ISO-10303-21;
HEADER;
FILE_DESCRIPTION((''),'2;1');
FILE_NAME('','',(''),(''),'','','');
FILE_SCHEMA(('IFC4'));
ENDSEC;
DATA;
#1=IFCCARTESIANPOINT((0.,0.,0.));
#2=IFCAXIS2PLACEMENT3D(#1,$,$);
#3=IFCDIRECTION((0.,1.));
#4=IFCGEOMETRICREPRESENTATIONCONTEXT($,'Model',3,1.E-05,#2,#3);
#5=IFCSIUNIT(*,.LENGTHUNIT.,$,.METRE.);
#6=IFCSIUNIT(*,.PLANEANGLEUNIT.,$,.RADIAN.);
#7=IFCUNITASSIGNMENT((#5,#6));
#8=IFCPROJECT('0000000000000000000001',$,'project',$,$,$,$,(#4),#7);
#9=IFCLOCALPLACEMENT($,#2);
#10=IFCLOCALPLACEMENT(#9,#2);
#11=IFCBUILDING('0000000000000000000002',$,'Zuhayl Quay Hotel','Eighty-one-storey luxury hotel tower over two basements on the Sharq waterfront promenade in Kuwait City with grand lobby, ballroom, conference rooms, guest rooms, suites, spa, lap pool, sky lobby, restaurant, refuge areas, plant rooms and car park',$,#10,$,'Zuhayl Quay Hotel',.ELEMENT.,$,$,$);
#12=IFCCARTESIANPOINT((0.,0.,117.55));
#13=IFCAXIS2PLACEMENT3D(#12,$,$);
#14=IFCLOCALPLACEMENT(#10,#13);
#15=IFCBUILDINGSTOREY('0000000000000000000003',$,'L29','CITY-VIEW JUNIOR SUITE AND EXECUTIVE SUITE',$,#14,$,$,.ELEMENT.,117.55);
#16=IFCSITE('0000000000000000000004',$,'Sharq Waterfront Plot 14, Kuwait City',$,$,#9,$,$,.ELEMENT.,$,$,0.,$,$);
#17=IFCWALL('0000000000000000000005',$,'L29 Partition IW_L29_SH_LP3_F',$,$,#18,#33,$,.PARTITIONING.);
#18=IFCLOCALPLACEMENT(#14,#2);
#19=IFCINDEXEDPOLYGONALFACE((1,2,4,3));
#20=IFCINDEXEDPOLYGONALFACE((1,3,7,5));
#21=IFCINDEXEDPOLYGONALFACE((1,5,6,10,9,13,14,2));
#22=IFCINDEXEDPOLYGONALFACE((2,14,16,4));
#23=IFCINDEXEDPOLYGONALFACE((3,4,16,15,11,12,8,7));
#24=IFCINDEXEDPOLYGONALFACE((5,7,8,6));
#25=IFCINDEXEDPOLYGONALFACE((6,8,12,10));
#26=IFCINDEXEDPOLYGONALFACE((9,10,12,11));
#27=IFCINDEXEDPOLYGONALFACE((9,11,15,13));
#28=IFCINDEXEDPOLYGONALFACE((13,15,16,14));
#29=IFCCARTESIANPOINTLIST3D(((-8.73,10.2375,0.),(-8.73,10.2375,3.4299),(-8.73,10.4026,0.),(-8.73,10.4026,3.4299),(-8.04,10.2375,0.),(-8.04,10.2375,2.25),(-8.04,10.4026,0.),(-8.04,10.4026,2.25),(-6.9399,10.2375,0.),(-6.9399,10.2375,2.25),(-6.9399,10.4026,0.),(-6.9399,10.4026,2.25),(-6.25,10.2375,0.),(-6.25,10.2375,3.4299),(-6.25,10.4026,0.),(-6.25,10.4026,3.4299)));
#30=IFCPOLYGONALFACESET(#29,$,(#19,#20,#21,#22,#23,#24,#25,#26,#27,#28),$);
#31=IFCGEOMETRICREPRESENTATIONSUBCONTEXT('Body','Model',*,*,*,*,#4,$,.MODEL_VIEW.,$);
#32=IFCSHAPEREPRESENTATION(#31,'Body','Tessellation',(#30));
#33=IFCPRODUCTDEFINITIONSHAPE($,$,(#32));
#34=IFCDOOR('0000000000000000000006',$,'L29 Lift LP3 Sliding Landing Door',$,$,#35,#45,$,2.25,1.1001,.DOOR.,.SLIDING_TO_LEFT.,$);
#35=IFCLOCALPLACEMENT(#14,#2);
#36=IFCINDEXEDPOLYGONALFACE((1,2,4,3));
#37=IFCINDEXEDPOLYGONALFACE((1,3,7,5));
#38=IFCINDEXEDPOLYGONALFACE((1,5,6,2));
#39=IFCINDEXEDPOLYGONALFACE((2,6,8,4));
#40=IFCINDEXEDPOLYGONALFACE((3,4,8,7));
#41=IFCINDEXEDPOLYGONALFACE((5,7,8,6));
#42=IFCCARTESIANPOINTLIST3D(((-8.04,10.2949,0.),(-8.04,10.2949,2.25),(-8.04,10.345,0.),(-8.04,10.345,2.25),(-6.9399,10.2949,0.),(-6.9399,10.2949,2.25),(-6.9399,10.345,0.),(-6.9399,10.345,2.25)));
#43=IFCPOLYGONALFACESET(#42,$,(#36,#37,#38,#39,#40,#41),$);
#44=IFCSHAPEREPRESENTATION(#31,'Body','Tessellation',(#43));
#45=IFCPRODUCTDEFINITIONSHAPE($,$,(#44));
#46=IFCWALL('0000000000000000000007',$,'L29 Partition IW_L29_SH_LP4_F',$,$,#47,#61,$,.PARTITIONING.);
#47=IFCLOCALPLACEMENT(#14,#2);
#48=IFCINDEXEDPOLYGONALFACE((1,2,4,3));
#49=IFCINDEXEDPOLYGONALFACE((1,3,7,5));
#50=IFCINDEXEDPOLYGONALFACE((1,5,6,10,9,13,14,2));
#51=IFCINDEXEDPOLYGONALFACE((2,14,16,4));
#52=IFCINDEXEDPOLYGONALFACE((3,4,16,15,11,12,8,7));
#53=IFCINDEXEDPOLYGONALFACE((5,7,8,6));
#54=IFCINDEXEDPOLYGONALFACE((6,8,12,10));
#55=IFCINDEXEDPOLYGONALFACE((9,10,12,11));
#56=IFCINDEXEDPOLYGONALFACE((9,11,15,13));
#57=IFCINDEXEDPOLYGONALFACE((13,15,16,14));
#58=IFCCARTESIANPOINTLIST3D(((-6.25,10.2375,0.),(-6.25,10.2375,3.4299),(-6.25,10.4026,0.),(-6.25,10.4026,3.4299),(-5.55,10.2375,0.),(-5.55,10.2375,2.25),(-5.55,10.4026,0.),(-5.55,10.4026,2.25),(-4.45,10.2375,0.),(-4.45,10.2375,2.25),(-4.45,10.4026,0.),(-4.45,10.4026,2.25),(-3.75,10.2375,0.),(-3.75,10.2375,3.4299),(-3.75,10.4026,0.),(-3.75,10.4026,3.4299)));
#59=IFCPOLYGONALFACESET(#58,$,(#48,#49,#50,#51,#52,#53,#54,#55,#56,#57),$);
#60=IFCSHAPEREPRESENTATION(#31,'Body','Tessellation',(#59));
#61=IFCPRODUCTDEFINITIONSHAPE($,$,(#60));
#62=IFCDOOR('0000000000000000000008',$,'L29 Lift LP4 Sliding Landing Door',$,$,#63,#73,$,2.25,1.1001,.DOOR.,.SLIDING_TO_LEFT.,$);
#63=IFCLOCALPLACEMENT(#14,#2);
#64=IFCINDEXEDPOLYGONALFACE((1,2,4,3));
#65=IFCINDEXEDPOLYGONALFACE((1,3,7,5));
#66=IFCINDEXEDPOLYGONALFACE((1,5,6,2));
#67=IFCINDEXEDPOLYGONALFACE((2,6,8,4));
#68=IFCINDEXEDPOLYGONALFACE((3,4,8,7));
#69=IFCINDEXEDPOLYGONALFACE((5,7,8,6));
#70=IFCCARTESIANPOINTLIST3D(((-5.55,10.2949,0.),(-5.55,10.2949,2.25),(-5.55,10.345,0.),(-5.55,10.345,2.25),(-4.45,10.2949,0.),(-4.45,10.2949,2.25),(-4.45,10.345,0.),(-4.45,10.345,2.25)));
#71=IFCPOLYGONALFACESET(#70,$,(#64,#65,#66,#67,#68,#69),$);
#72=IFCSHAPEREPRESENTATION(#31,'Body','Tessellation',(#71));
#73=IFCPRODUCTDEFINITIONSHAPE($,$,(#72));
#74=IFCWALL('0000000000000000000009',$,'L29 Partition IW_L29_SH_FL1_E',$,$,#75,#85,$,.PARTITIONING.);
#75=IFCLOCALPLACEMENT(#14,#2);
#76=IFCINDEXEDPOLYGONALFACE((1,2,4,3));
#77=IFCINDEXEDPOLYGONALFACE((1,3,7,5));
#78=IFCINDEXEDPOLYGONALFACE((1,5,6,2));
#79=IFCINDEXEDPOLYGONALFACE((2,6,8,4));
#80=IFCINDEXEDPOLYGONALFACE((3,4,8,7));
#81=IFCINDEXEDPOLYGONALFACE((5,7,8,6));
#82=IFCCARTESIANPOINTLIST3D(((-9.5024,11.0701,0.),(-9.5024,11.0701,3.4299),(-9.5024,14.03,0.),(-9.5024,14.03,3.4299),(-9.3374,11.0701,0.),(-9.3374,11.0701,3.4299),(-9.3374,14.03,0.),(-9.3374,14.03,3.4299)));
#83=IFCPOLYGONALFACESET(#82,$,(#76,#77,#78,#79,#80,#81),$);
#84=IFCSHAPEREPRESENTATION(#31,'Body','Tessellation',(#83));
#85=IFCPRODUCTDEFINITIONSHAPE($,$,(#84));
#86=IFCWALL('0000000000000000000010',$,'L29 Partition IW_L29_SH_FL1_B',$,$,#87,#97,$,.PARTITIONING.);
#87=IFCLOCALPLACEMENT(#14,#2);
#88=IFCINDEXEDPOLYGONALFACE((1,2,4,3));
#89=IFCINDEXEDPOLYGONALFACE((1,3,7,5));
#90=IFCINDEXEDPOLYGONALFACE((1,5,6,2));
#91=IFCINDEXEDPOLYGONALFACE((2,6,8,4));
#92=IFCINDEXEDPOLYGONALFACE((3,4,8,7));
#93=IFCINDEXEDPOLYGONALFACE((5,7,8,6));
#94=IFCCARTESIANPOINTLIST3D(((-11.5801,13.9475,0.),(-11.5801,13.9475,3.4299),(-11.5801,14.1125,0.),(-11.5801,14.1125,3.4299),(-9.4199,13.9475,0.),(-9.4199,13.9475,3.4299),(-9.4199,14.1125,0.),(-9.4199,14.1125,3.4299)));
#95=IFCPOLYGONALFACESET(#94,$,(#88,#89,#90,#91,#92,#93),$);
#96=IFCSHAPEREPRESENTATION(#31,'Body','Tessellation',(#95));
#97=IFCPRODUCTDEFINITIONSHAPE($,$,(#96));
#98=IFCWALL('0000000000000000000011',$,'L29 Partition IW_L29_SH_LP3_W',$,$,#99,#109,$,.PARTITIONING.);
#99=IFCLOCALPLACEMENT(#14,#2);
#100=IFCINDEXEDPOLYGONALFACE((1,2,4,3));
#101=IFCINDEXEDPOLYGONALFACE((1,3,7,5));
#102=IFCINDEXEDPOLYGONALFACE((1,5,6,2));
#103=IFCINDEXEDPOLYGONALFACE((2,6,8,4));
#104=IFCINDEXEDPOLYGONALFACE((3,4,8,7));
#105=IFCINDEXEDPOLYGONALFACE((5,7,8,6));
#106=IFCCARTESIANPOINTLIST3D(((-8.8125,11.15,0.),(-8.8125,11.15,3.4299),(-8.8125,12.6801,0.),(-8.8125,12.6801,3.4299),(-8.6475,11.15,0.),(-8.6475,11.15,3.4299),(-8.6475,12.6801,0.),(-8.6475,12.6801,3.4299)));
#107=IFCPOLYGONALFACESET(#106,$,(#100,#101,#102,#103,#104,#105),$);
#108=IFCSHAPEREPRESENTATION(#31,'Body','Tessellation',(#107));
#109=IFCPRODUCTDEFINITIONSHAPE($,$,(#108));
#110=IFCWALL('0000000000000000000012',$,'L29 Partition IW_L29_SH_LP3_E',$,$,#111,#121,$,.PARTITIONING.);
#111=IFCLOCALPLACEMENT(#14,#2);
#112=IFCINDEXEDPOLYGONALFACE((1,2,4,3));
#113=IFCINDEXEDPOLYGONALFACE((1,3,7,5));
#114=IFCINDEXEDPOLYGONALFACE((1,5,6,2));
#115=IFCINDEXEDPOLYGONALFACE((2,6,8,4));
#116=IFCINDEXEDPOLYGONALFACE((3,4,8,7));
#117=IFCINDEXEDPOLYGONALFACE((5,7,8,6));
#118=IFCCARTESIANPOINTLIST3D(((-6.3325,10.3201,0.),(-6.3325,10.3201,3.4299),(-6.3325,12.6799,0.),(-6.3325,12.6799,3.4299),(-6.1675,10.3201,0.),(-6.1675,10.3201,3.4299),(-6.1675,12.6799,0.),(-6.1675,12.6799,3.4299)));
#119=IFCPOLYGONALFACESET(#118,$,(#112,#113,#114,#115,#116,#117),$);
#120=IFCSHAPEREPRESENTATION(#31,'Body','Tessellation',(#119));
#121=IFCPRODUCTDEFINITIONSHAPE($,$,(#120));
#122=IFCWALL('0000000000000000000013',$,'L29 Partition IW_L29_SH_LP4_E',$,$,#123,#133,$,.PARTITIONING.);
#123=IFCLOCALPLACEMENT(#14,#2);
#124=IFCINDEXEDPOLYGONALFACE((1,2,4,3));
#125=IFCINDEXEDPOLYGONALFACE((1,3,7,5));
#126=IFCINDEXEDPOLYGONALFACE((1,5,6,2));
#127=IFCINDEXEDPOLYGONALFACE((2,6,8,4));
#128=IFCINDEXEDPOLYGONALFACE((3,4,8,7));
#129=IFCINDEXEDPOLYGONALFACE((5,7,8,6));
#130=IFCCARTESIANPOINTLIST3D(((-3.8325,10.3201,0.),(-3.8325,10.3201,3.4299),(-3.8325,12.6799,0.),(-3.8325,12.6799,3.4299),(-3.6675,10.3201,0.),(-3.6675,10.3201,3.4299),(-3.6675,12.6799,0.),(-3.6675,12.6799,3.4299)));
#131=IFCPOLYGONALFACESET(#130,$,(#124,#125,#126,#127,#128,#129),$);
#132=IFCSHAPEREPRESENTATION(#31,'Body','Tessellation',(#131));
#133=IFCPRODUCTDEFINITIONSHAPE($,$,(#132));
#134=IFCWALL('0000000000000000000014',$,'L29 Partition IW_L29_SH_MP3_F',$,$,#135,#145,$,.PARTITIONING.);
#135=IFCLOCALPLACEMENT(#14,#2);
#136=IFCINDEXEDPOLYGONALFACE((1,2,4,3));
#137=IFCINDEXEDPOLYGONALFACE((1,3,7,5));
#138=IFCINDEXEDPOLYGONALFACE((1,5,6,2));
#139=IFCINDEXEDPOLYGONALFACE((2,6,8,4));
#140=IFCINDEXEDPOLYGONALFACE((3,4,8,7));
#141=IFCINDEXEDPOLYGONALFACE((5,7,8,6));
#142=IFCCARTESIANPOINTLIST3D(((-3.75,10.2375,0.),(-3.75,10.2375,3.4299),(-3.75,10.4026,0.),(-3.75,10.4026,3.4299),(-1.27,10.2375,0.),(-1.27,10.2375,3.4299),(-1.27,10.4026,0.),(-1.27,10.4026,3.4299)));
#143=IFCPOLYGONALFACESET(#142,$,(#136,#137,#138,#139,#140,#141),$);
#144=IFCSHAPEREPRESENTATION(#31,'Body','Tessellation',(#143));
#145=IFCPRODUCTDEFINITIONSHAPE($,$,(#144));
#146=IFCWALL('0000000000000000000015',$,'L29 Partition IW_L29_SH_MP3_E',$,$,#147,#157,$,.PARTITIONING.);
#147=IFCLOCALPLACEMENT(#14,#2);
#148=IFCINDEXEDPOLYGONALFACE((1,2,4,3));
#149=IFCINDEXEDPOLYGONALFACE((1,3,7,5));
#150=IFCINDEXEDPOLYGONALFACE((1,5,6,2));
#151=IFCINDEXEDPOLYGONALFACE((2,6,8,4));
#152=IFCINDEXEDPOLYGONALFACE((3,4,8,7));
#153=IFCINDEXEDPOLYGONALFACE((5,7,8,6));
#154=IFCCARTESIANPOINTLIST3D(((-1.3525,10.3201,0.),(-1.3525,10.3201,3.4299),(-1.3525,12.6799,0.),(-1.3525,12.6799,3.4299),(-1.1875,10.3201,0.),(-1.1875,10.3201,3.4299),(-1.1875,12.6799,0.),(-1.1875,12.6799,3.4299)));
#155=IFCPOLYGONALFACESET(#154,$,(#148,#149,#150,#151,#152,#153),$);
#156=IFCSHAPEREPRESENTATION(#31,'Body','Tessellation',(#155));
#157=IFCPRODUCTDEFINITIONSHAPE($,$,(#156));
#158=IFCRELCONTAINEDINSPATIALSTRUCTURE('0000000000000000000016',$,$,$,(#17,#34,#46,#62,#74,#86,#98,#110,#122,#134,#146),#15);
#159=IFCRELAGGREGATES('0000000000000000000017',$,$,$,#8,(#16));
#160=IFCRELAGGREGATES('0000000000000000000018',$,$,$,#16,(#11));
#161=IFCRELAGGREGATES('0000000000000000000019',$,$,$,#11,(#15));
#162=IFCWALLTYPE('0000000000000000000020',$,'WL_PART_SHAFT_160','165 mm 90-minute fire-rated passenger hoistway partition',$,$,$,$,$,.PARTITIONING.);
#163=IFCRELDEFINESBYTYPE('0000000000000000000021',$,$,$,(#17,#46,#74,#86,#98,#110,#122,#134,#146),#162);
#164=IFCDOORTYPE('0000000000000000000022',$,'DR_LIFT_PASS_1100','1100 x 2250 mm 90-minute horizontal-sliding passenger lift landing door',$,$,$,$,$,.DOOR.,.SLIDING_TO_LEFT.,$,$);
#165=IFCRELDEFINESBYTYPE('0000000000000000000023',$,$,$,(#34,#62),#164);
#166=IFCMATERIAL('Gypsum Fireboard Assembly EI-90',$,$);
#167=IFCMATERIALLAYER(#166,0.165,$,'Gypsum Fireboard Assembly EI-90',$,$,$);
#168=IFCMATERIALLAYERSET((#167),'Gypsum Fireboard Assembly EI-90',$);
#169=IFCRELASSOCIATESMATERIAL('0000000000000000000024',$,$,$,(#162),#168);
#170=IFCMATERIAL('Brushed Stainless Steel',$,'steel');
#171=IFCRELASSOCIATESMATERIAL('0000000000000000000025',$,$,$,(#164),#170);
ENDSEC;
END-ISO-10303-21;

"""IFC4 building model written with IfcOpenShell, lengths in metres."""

from ifc_helpers import new_model, si_unit, direction, frame, frame_2d, origin, place, context, subcontext, project, spatial, rectangle, extrude, material, layer, layer_set, type_object, element, fill, save


model = new_model("IFC4")

# Units and contexts
model_context = context("Model", 3, precision=1e-05, world=origin(), true_north=direction((0.0, 1.0)))
body_context = subcontext(model_context, "Body", "Model", "MODEL_VIEW")
ifc_project = project(units=[si_unit("LENGTHUNIT", "METRE"), si_unit("PLANEANGLEUNIT", "RADIAN")], contexts=[model_context])

# Site, building, storey
site_placement = place(None, origin())
site = spatial("IfcSite", under=ifc_project, at=site_placement, Name="Sharq Waterfront Plot 14, Kuwait City", CompositionType="ELEMENT", RefElevation=0.0)
building_placement = place(site_placement, origin())
building = spatial("IfcBuilding", under=site, at=building_placement, Name="Zuhayl Quay Hotel", Description="Eighty-one-storey luxury hotel tower over two basements on the Sharq waterfront promenade in Kuwait City with grand lobby, ballroom, conference rooms, guest rooms, suites, spa, lap pool, sky lobby, restaurant, refuge areas, plant rooms and car park", LongName="Zuhayl Quay Hotel", CompositionType="ELEMENT")
storey_placement = place(building_placement, frame((0.0, 0.0, 117.55)))
storey = spatial("IfcBuildingStorey", under=building, at=storey_placement, Name="L29", Description="CITY-VIEW JUNIOR SUITE AND EXECUTIVE SUITE", CompositionType="ELEMENT", Elevation=117.55)

# Walls, openings, doors
ifc_material_1 = material(Name="Gypsum Fireboard Assembly EI-90")
ifc_layer_1 = layer(ifc_material_1, 0.165, Name="Gypsum Fireboard Assembly EI-90")
ifc_layer_set_1 = layer_set([ifc_layer_1], Name="Gypsum Fireboard Assembly EI-90")
wall_type_1 = type_object("IfcWallType", Name="WL_PART_SHAFT_160", Description="165 mm 90-minute fire-rated passenger hoistway partition", PredefinedType="PARTITIONING", material=ifc_layer_set_1)
ifc_material_2 = material(Name="Brushed Stainless Steel", Category="steel")
wall_1_placement = place(storey_placement, frame((-8.73, 10.3201, 0.0), z_axis=(0.0, 0.0, 1.0), x_axis=(1.0, 0.0, 0.0)))
wall_1 = element("IfcWall", 1, at=wall_1_placement, inside=storey, type_object=wall_type_1, Name="L29 Partition IW_L29_SH_LP3_F", PredefinedType="PARTITIONING", context=body_context, shape_type="SweptSolid", body=[
    extrude(rectangle(XDim=2.48, YDim=0.165, at=frame_2d((1.24, 0.0))), origin(), (0.0, 0.0, 1.0), 3.4299),
])
opening_1_placement = place(wall_1_placement, frame((0.6899, 0.0, 0.0)))
opening_1 = element("IfcOpeningElement", 2, at=opening_1_placement, cuts=wall_1, PredefinedType="OPENING", context=body_context, shape_type="SweptSolid", body=[
    extrude(rectangle(XDim=1.1001, YDim=2.25, at=frame_2d((0.55, 1.125))), frame((0.0, 0.0925, 0.0), z_axis=(0.0, -1.0, 0.0), x_axis=(1.0, 0.0, 0.0)), (0.0, 0.0, 1.0), 0.1851),
])
door_type_1 = type_object("IfcDoorType", Name="DR_LIFT_PASS_1100", Description="1100 x 2250 mm 90-minute horizontal-sliding passenger lift landing door", OperationType="SLIDING_TO_LEFT", PredefinedType="DOOR", material=ifc_material_2)
door_1_placement = place(opening_1_placement, origin())
door_1 = element("IfcDoor", 3, at=door_1_placement, inside=storey, type_object=door_type_1, Name="L29 Lift LP3 Sliding Landing Door", OperationType="SLIDING_TO_LEFT", OverallHeight=2.25, OverallWidth=1.1001, PredefinedType="DOOR", context=body_context, shape_type="SweptSolid", body=[
    extrude(rectangle(XDim=1.1001, YDim=2.25, at=frame_2d((0.55, 1.125))), frame((0.0, 0.0249, 0.0), z_axis=(0.0, -1.0, 0.0), x_axis=(1.0, 0.0, 0.0)), (0.0, 0.0, 1.0), 0.05),
])
fill(opening_1, door_1)
wall_2_placement = place(storey_placement, frame((-6.25, 10.3201, 0.0), z_axis=(0.0, 0.0, 1.0), x_axis=(1.0, 0.0, 0.0)))
wall_2 = element("IfcWall", 4, at=wall_2_placement, inside=storey, type_object=wall_type_1, Name="L29 Partition IW_L29_SH_LP4_F", PredefinedType="PARTITIONING", context=body_context, shape_type="SweptSolid", body=[
    extrude(rectangle(XDim=2.5, YDim=0.165, at=frame_2d((1.25, 0.0))), origin(), (0.0, 0.0, 1.0), 3.4299),
])
opening_2_placement = place(wall_2_placement, frame((0.7, 0.0, 0.0)))
opening_2 = element("IfcOpeningElement", 5, at=opening_2_placement, cuts=wall_2, PredefinedType="OPENING", context=body_context, shape_type="SweptSolid", body=[
    extrude(rectangle(XDim=1.1001, YDim=2.25, at=frame_2d((0.55, 1.125))), frame((0.0, 0.0925, 0.0), z_axis=(0.0, -1.0, 0.0), x_axis=(1.0, 0.0, 0.0)), (0.0, 0.0, 1.0), 0.1851),
])
door_2_placement = place(opening_2_placement, origin())
door_2 = element("IfcDoor", 6, at=door_2_placement, inside=storey, type_object=door_type_1, Name="L29 Lift LP4 Sliding Landing Door", OperationType="SLIDING_TO_LEFT", OverallHeight=2.25, OverallWidth=1.1001, PredefinedType="DOOR", context=body_context, shape_type="SweptSolid", body=[
    extrude(rectangle(XDim=1.1001, YDim=2.25, at=frame_2d((0.55, 1.125))), frame((0.0, 0.0249, 0.0), z_axis=(0.0, -1.0, 0.0), x_axis=(1.0, 0.0, 0.0)), (0.0, 0.0, 1.0), 0.05),
])
fill(opening_2, door_2)

# Walls
wall_3_placement = place(storey_placement, frame((-9.4199, 11.0701, 0.0), z_axis=(0.0, 0.0, 1.0), x_axis=(0.0, 1.0, 0.0)))
element("IfcWall", 7, at=wall_3_placement, inside=storey, type_object=wall_type_1, Name="L29 Partition IW_L29_SH_FL1_E", PredefinedType="PARTITIONING", context=body_context, shape_type="SweptSolid", body=[
    extrude(rectangle(XDim=2.96, YDim=0.165, at=frame_2d((1.48, 0.0))), origin(), (0.0, 0.0, 1.0), 3.4299),
])
wall_4_placement = place(storey_placement, frame((-11.5801, 14.03, 0.0), z_axis=(0.0, 0.0, 1.0), x_axis=(1.0, 0.0, 0.0)))
element("IfcWall", 8, at=wall_4_placement, inside=storey, type_object=wall_type_1, Name="L29 Partition IW_L29_SH_FL1_B", PredefinedType="PARTITIONING", context=body_context, shape_type="SweptSolid", body=[
    extrude(rectangle(XDim=2.1602, YDim=0.165, at=frame_2d((1.0801, 0.0))), origin(), (0.0, 0.0, 1.0), 3.4299),
])
wall_5_placement = place(storey_placement, frame((-8.73, 11.1499, 0.0), z_axis=(0.0, 0.0, 1.0), x_axis=(0.0, 1.0, 0.0)))
element("IfcWall", 9, at=wall_5_placement, inside=storey, type_object=wall_type_1, Name="L29 Partition IW_L29_SH_LP3_W", PredefinedType="PARTITIONING", context=body_context, shape_type="SweptSolid", body=[
    extrude(rectangle(XDim=1.53, YDim=0.165, at=frame_2d((0.7651, 0.0))), origin(), (0.0, 0.0, 1.0), 3.4299),
])
for number, where, z_axis, x_axis, name in (
    (10, (-6.25, 10.3201, 0.0), (0.0, 0.0, 1.0), (0.0, 1.0, 0.0), "L29 Partition IW_L29_SH_LP3_E"),
    (11, (-3.75, 10.3201, 0.0), (0.0, 0.0, 1.0), (0.0, 1.0, 0.0), "L29 Partition IW_L29_SH_LP4_E"),
):
    element("IfcWall", number, at=place(storey_placement, frame(where, z_axis=z_axis, x_axis=x_axis)), inside=storey, type_object=wall_type_1, Name=name, PredefinedType="PARTITIONING", context=body_context, shape_type="SweptSolid", body=[
        extrude(rectangle(XDim=2.3599, YDim=0.165, at=frame_2d((1.1799, 0.0))), origin(), (0.0, 0.0, 1.0), 3.4299),
    ])
wall_6_placement = place(storey_placement, frame((-3.75, 10.3201, 0.0), z_axis=(0.0, 0.0, 1.0), x_axis=(1.0, 0.0, 0.0)))
element("IfcWall", 12, at=wall_6_placement, inside=storey, type_object=wall_type_1, Name="L29 Partition IW_L29_SH_MP3_F", PredefinedType="PARTITIONING", context=body_context, shape_type="SweptSolid", body=[
    extrude(rectangle(XDim=2.48, YDim=0.165, at=frame_2d((1.24, 0.0))), origin(), (0.0, 0.0, 1.0), 3.4299),
])
wall_7_placement = place(storey_placement, frame((-1.27, 10.3201, 0.0), z_axis=(0.0, 0.0, 1.0), x_axis=(0.0, 1.0, 0.0)))
element("IfcWall", 13, at=wall_7_placement, inside=storey, type_object=wall_type_1, Name="L29 Partition IW_L29_SH_MP3_E", PredefinedType="PARTITIONING", context=body_context, shape_type="SweptSolid", body=[
    extrude(rectangle(XDim=2.3599, YDim=0.165, at=frame_2d((1.1799, 0.0))), origin(), (0.0, 0.0, 1.0), 3.4299),
])

save(model, "model.ifc")
